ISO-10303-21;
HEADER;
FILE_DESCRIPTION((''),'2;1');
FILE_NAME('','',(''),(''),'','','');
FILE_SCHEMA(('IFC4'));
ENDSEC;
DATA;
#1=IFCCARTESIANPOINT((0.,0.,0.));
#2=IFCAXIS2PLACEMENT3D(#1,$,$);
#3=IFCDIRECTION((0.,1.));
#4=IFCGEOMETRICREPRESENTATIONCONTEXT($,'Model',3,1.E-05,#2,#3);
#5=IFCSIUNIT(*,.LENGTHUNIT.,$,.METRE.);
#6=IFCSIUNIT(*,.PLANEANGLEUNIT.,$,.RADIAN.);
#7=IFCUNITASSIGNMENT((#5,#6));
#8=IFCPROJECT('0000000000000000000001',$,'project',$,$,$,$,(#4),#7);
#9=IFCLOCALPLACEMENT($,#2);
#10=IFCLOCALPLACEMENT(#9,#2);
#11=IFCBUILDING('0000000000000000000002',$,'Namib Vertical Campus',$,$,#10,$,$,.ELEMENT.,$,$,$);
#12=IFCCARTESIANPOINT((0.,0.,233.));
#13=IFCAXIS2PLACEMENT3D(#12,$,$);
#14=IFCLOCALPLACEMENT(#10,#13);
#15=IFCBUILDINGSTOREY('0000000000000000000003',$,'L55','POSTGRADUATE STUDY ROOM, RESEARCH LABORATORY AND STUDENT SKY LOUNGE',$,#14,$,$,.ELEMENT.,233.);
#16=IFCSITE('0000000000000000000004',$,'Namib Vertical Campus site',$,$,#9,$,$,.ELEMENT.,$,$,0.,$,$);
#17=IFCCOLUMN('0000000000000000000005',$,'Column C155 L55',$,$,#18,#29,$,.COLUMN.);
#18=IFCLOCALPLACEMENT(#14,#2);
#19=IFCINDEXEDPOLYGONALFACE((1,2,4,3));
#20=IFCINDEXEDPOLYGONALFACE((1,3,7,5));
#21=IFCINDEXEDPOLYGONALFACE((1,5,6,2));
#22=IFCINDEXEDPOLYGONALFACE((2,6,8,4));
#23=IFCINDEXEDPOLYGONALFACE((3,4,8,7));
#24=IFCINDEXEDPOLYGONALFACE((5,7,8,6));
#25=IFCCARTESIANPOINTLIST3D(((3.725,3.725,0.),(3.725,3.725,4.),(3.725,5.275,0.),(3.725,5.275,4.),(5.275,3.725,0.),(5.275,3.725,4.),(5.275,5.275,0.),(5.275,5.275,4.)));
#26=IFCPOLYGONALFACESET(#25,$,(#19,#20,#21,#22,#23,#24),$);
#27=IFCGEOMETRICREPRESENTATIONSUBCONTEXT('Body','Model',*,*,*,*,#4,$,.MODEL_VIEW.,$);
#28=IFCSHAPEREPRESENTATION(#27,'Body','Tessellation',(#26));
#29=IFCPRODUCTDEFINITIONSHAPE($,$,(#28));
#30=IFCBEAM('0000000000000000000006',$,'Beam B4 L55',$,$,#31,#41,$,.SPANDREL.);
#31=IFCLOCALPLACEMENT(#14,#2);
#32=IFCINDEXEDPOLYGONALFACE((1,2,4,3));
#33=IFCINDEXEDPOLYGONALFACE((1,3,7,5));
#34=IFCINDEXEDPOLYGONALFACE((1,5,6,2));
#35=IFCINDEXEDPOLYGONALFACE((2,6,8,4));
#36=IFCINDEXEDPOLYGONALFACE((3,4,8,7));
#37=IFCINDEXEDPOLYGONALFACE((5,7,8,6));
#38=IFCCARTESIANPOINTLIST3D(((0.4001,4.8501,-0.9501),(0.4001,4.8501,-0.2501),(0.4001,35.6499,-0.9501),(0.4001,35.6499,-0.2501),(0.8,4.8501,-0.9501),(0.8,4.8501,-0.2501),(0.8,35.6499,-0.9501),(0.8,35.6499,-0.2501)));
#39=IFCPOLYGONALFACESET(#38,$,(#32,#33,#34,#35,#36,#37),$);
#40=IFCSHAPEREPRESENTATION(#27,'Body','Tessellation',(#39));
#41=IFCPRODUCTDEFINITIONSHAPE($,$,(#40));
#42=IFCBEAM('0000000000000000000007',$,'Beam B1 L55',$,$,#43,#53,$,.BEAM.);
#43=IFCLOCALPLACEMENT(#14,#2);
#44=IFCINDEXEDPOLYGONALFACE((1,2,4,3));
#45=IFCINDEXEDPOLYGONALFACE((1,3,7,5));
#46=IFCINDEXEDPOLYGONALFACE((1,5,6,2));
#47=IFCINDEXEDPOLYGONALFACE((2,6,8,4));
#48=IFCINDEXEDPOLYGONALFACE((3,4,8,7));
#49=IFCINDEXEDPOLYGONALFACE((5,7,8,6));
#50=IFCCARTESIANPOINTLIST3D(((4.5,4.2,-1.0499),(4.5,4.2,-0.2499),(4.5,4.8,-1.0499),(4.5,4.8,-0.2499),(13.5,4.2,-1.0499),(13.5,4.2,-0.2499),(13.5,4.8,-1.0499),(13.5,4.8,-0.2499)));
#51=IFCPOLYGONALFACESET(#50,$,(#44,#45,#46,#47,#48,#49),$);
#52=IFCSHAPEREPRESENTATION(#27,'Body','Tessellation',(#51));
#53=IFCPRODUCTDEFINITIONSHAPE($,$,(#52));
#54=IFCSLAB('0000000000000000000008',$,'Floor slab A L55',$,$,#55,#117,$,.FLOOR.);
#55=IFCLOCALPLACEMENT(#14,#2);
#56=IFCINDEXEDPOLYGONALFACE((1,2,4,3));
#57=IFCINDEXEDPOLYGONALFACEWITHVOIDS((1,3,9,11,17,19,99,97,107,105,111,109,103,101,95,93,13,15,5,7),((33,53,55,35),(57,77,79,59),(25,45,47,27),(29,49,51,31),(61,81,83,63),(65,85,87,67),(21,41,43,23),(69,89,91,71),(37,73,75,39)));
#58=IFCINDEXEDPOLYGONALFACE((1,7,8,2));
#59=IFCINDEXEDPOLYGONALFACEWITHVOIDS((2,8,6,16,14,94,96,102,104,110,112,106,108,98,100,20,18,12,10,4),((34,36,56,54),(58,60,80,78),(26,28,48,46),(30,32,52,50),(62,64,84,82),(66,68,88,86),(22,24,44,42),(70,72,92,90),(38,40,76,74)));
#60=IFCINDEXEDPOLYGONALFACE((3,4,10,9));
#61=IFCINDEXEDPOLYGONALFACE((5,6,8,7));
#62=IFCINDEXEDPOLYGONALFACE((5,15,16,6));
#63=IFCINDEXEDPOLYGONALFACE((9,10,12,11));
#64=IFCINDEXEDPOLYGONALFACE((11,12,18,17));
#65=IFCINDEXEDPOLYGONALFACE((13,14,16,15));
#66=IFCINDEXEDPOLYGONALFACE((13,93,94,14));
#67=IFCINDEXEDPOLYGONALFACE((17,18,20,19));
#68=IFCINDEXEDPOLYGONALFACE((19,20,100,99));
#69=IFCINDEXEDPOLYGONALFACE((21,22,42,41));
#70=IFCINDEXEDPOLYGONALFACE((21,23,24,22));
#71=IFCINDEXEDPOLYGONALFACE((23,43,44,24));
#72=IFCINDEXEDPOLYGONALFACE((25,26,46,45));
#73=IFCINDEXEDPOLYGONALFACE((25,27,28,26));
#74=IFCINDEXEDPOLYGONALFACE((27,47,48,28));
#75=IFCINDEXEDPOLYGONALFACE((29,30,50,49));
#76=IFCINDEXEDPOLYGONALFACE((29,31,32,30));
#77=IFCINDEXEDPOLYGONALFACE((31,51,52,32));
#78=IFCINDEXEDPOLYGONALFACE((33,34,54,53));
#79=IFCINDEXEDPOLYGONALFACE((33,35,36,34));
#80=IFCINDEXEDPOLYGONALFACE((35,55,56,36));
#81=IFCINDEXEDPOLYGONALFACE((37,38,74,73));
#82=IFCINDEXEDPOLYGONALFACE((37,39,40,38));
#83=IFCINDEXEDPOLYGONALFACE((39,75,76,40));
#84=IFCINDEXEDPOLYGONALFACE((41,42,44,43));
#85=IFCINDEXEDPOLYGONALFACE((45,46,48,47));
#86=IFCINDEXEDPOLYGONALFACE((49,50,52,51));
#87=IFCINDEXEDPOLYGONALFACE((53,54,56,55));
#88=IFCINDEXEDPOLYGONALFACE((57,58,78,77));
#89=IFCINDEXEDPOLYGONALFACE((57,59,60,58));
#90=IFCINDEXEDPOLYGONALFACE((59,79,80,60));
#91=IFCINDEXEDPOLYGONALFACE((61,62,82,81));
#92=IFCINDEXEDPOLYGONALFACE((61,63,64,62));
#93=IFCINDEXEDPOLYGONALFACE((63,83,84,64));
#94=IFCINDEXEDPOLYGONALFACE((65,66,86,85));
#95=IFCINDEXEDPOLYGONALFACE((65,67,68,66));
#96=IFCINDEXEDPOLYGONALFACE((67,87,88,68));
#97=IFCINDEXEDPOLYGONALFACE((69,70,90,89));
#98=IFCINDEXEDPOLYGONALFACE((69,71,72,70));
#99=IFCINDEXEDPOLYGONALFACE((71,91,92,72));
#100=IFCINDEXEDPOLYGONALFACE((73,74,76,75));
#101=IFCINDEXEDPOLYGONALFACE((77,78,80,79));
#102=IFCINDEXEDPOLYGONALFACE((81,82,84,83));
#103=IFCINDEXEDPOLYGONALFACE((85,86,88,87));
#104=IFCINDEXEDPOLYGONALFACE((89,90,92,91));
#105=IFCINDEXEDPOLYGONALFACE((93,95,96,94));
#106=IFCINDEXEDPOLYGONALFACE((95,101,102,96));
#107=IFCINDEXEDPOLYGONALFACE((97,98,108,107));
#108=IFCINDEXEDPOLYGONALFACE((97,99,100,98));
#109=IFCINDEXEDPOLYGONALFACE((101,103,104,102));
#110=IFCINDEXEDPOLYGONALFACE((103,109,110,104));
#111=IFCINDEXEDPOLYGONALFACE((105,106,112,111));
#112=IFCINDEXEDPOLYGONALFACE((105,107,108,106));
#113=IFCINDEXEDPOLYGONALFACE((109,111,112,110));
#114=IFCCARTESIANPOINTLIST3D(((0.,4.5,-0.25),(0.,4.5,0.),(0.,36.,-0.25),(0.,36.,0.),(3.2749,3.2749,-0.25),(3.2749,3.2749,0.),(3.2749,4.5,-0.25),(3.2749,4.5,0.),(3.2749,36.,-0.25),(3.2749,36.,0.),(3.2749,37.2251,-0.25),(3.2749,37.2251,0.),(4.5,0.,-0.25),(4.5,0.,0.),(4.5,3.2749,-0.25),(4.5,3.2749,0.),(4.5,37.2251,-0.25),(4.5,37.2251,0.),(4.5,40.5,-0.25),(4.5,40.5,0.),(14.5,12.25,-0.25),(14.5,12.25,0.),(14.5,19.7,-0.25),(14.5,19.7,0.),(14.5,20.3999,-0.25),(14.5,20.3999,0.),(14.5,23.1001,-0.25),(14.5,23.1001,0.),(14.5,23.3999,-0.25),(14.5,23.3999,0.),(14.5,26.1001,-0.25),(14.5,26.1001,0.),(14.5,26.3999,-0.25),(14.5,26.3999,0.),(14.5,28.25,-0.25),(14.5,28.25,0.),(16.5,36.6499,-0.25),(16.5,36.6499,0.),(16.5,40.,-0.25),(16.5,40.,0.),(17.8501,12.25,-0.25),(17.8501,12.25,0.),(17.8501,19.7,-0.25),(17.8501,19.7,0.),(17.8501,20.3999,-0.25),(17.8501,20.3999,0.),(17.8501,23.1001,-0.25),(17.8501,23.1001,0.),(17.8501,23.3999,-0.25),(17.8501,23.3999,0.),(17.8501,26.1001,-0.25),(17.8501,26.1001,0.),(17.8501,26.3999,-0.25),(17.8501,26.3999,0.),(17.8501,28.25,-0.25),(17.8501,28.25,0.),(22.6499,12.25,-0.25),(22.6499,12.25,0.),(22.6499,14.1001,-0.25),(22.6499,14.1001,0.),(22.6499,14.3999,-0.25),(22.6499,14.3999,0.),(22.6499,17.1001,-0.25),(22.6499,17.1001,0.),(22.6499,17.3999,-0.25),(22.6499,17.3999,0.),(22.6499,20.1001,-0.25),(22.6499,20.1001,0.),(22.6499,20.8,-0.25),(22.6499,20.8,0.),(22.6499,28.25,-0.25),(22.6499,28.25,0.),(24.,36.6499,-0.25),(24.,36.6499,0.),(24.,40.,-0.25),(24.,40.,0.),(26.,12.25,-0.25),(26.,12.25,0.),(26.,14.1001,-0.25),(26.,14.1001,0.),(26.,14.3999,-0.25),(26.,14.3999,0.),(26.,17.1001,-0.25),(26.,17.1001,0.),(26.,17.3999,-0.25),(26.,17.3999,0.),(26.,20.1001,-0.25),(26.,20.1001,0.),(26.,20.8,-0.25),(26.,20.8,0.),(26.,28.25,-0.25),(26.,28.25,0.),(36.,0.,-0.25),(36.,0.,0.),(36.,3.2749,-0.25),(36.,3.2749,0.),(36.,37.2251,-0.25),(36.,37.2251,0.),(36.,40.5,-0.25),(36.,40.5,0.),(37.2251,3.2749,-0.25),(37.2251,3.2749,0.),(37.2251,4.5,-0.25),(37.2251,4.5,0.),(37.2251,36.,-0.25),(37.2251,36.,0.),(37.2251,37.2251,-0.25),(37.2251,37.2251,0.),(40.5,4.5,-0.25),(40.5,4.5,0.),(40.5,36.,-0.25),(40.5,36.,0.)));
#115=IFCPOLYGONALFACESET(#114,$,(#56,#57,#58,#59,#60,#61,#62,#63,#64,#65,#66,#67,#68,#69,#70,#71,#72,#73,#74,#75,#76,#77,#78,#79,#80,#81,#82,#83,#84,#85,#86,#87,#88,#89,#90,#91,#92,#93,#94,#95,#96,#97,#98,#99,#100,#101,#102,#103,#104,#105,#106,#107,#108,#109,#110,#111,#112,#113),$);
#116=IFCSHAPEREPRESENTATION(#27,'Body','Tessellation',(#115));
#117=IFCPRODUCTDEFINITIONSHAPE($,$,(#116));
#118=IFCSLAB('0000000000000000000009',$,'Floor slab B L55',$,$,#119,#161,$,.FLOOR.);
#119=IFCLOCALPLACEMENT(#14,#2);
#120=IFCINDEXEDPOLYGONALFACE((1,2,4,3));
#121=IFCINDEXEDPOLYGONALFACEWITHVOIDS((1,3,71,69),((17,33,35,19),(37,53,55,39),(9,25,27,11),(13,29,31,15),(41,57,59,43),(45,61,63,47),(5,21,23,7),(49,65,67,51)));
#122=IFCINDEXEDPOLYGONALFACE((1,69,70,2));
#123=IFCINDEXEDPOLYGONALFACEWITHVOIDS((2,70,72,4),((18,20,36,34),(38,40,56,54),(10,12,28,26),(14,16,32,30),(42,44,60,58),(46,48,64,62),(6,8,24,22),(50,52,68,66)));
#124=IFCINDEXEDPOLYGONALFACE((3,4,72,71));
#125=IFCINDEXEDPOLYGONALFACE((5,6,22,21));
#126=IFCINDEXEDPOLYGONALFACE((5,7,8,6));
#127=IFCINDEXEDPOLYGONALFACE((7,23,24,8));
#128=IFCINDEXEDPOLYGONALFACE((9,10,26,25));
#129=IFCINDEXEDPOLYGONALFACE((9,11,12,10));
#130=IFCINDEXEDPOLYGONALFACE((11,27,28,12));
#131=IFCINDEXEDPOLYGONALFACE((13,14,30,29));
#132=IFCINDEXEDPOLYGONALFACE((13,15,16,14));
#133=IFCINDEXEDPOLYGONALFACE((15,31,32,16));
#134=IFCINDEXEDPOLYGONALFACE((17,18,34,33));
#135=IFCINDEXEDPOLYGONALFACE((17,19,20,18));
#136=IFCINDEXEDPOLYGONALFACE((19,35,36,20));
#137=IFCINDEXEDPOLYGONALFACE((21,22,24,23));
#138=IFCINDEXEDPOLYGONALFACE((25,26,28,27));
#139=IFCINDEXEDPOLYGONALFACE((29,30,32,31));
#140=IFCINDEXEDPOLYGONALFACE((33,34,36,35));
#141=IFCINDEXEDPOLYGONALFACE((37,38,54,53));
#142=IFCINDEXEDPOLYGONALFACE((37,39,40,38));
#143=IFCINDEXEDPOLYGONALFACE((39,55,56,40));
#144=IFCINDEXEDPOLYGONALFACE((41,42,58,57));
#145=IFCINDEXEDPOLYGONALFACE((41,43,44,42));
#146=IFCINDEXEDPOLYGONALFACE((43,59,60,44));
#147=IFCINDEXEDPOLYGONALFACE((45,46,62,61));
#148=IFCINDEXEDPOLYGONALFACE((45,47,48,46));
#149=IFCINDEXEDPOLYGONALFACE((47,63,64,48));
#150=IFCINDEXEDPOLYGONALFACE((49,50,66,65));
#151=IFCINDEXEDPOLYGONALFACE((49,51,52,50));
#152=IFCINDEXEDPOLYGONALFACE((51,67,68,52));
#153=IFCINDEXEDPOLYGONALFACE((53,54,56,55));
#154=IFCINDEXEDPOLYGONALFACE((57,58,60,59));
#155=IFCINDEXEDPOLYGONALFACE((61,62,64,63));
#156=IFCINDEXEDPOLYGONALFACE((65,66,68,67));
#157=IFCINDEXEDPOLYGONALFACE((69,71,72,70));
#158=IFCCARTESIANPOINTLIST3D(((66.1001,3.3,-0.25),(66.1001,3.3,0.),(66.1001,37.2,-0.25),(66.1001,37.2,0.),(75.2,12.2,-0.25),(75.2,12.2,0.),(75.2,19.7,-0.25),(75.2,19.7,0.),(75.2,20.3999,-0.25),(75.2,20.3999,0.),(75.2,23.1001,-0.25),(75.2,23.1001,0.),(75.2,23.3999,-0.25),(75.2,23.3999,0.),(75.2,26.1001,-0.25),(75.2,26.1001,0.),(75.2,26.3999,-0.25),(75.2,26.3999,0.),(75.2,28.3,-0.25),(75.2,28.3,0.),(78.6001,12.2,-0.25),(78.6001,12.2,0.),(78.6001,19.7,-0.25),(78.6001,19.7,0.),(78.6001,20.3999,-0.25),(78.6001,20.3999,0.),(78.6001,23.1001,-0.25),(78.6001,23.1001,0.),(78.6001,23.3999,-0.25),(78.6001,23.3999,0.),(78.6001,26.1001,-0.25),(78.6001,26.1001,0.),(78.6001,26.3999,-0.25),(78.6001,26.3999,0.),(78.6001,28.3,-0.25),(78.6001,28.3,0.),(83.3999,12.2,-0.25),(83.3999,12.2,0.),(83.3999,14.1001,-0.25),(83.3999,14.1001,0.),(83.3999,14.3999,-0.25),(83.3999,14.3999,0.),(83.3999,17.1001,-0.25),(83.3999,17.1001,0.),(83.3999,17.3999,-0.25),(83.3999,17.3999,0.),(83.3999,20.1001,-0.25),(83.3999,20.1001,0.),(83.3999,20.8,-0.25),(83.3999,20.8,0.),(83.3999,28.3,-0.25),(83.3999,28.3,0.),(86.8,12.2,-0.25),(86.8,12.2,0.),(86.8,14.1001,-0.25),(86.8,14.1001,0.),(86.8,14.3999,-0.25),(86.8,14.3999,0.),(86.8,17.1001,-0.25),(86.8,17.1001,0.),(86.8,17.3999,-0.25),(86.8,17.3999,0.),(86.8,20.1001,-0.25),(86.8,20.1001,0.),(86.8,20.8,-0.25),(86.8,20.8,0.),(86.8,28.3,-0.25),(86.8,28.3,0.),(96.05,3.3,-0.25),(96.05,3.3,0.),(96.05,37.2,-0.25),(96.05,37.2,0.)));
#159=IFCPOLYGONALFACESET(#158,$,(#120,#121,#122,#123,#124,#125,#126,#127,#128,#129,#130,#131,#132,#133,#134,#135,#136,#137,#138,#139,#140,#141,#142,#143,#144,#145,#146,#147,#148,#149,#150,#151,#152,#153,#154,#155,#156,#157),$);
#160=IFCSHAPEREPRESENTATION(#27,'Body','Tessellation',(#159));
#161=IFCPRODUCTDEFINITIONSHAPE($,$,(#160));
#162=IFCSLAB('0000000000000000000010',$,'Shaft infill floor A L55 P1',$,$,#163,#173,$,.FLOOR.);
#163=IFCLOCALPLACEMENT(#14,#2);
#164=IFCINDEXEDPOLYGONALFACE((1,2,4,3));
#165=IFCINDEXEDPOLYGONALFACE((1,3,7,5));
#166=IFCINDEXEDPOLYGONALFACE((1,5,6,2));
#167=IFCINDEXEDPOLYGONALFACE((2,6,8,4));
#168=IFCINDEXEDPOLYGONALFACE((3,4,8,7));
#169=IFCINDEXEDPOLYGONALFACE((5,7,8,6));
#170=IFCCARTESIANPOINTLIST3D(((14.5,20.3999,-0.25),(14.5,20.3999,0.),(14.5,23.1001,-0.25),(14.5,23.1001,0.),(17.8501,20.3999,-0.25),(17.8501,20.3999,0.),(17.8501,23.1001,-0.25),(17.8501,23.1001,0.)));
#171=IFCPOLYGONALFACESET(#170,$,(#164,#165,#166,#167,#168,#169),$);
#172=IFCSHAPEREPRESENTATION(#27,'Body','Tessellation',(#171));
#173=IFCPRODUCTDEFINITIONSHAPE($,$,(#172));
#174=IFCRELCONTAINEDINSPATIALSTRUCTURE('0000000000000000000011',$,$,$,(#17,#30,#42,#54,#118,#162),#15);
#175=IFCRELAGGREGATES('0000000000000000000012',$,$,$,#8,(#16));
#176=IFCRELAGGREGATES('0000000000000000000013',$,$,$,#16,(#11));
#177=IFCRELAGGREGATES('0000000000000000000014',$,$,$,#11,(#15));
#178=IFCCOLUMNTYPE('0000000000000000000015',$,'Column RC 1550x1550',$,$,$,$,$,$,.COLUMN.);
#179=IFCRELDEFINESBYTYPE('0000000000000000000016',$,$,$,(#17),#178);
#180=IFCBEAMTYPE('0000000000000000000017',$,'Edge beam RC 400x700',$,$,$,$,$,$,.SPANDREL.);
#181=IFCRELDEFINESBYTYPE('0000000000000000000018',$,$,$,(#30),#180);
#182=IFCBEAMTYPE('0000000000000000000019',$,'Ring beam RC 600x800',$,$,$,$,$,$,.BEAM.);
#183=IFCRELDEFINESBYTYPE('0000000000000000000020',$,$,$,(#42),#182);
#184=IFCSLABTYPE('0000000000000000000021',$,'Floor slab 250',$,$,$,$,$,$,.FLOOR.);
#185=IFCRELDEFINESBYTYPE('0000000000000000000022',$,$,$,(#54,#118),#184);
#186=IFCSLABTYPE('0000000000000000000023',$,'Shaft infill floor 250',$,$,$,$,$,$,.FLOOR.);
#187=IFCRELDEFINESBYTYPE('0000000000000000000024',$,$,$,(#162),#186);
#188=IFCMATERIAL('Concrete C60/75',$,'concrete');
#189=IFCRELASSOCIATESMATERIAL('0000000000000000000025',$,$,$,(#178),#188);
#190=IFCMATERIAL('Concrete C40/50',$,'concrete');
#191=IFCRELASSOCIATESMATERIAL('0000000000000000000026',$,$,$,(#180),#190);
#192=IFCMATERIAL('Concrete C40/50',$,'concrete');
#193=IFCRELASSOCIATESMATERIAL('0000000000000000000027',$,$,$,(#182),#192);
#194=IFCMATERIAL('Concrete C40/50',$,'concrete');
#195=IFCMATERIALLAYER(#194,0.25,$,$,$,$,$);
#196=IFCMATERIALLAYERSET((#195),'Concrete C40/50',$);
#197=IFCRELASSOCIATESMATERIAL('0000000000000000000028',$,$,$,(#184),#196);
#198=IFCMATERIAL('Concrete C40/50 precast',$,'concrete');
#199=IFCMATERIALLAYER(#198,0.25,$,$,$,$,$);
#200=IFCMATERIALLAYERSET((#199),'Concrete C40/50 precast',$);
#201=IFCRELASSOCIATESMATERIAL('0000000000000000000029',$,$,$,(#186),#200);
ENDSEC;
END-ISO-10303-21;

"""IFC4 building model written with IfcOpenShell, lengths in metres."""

from ifc_helpers import new_model, si_unit, direction, frame, origin, origin_2d, place, context, subcontext, project, spatial, polyline, rectangle, outline, extrude, material, layer, layer_set, material_profile, profile_set, type_object, element, save


model = new_model("IFC4")

# Units and contexts
model_context = context("Model", 3, precision=1e-05, world=origin(), true_north=direction((0.0, 1.0)))
body_context = subcontext(model_context, "Body", "Model", "MODEL_VIEW")
ifc_project = project(units=[si_unit("LENGTHUNIT", "METRE"), si_unit("PLANEANGLEUNIT", "RADIAN")], contexts=[model_context])

# Site, building, storey
site_placement = place(None, origin())
site = spatial("IfcSite", under=ifc_project, at=site_placement, Name="Namib Vertical Campus site", CompositionType="ELEMENT", RefElevation=0.0)
building_placement = place(site_placement, origin())
building = spatial("IfcBuilding", under=site, at=building_placement, Name="Namib Vertical Campus", CompositionType="ELEMENT")
storey_placement = place(building_placement, frame((0.0, 0.0, 233.0)))
storey = spatial("IfcBuildingStorey", under=building, at=storey_placement, Name="L55", Description="POSTGRADUATE STUDY ROOM, RESEARCH LABORATORY AND STUDENT SKY LOUNGE", CompositionType="ELEMENT", Elevation=233.0)

# Column
ifc_material_1 = material(Name="Concrete C60/75", Category="concrete")
ifc_material_profile_1 = material_profile(ifc_material_1, rectangle(XDim=1.55, YDim=1.55, at=origin_2d()))
ifc_profile_set_1 = profile_set([ifc_material_profile_1], Name="Concrete C60/75")
column_type = type_object("IfcColumnType", Name="Column RC 1550x1550", PredefinedType="COLUMN", material=ifc_profile_set_1)
column_placement = place(storey_placement, frame((4.5, 4.5, 0.0), z_axis=(0.0, 0.0, 1.0), x_axis=(1.0, 0.0, 0.0)))
element("IfcColumn", 1, at=column_placement, inside=storey, type_object=column_type, Name="Column C155 L55", PredefinedType="COLUMN", context=body_context, shape_type="SweptSolid", body=[
    extrude(rectangle(XDim=1.55, YDim=1.55, at=origin_2d()), origin(), (0.0, 0.0, 1.0), 4.0),
])

# Beams
ifc_material_2 = material(Name="Concrete C40/50", Category="concrete")
ifc_material_profile_2 = material_profile(ifc_material_2, rectangle(XDim=0.3999, YDim=0.7, at=origin_2d()))
ifc_profile_set_2 = profile_set([ifc_material_profile_2], Name="Concrete C40/50")
beam_type_1 = type_object("IfcBeamType", Name="Edge beam RC 400x700", PredefinedType="SPANDREL", material=ifc_profile_set_2)
beam_1_placement = place(storey_placement, frame((0.6001, 4.8501, -0.6001), z_axis=(0.0, 1.0, 0.0), x_axis=(-1.0, 0.0, 0.0)))
element("IfcBeam", 2, at=beam_1_placement, inside=storey, type_object=beam_type_1, Name="Beam B4 L55", PredefinedType="SPANDREL", context=body_context, shape_type="SweptSolid", body=[
    extrude(rectangle(XDim=0.3999, YDim=0.7, at=origin_2d()), origin(), (0.0, 0.0, 1.0), 30.7998),
])
ifc_material_3 = material(Name="Concrete C40/50", Category="concrete")
ifc_material_profile_3 = material_profile(ifc_material_3, rectangle(XDim=0.6001, YDim=0.8, at=origin_2d()))
ifc_profile_set_3 = profile_set([ifc_material_profile_3], Name="Concrete C40/50")
beam_type_2 = type_object("IfcBeamType", Name="Ring beam RC 600x800", PredefinedType="BEAM", material=ifc_profile_set_3)
beam_2_placement = place(storey_placement, frame((4.5, 4.5, -0.6499), z_axis=(1.0, 0.0, 0.0), x_axis=(0.0, 1.0, 0.0)))
element("IfcBeam", 3, at=beam_2_placement, inside=storey, type_object=beam_type_2, Name="Beam B1 L55", PredefinedType="BEAM", context=body_context, shape_type="SweptSolid", body=[
    extrude(rectangle(XDim=0.6001, YDim=0.8, at=origin_2d()), origin(), (0.0, 0.0, 1.0), 9.0),
])

# Slabs
ifc_material_4 = material(Name="Concrete C40/50", Category="concrete")
ifc_layer_1 = layer(ifc_material_4, 0.25)
ifc_layer_set_1 = layer_set([ifc_layer_1], Name="Concrete C40/50")
slab_type_1 = type_object("IfcSlabType", Name="Floor slab 250", PredefinedType="FLOOR", material=ifc_layer_set_1)
slab_1_placement = place(storey_placement, frame((0.0, 0.0, -0.25)))
element("IfcSlab", 4, at=slab_1_placement, inside=storey, type_object=slab_type_1, Name="Floor slab A L55", PredefinedType="FLOOR", context=body_context, shape_type="SweptSolid", body=[
    extrude(outline(polyline([(4.5, 0.0), (36.0, 0.0), (36.0, 3.2749), (37.2251, 3.2749), (37.2251, 4.5), (40.5, 4.5), (40.5, 36.0), (37.2251, 36.0), (37.2251, 37.2251), (36.0, 37.2251), (36.0, 40.5), (4.5, 40.5), (4.5, 37.2251), (3.2749, 37.2251), (3.2749, 36.0), (0.0, 36.0), (0.0, 4.5), (3.2749, 4.5), (3.2749, 3.2749), (4.5, 3.2749), (4.5, 0.0)]), holes=[polyline([(14.5, 12.25), (17.8501, 12.25), (17.8501, 19.7), (14.5, 19.7), (14.5, 12.25)]), polyline([(22.6499, 20.8), (26.0, 20.8), (26.0, 28.25), (22.6499, 28.25), (22.6499, 20.8)]), polyline([(22.6499, 12.25), (26.0, 12.25), (26.0, 14.1001), (22.6499, 14.1001), (22.6499, 12.25)]), polyline([(14.5, 20.3999), (17.8501, 20.3999), (17.8501, 23.1001), (14.5, 23.1001), (14.5, 20.3999)]), polyline([(14.5, 23.3999), (17.8501, 23.3999), (17.8501, 26.1001), (14.5, 26.1001), (14.5, 23.3999)]), polyline([(14.5, 26.3999), (17.8501, 26.3999), (17.8501, 28.25), (14.5, 28.25), (14.5, 26.3999)]), polyline([(22.6499, 14.3999), (26.0, 14.3999), (26.0, 17.1001), (22.6499, 17.1001), (22.6499, 14.3999)]), polyline([(22.6499, 17.3999), (26.0, 17.3999), (26.0, 20.1001), (22.6499, 20.1001), (22.6499, 17.3999)]), polyline([(16.5, 36.6499), (24.0, 36.6499), (24.0, 40.0), (16.5, 40.0), (16.5, 36.6499)])]), origin(), (0.0, 0.0, 1.0), 0.25),
])
slab_2_placement = place(storey_placement, frame((0.0, 0.0, -0.25)))
element("IfcSlab", 5, at=slab_2_placement, inside=storey, type_object=slab_type_1, Name="Floor slab B L55", PredefinedType="FLOOR", context=body_context, shape_type="SweptSolid", body=[
    extrude(outline(polyline([(66.1001, 3.3), (96.05, 3.3), (96.05, 37.2), (66.1001, 37.2), (66.1001, 3.3)]), holes=[polyline([(75.2, 12.2), (78.6001, 12.2), (78.6001, 19.7), (75.2, 19.7), (75.2, 12.2)]), polyline([(83.3999, 20.8), (86.8, 20.8), (86.8, 28.3), (83.3999, 28.3), (83.3999, 20.8)]), polyline([(83.3999, 12.2), (86.8, 12.2), (86.8, 14.1001), (83.3999, 14.1001), (83.3999, 12.2)]), polyline([(75.2, 20.3999), (78.6001, 20.3999), (78.6001, 23.1001), (75.2, 23.1001), (75.2, 20.3999)]), polyline([(75.2, 23.3999), (78.6001, 23.3999), (78.6001, 26.1001), (75.2, 26.1001), (75.2, 23.3999)]), polyline([(75.2, 26.3999), (78.6001, 26.3999), (78.6001, 28.3), (75.2, 28.3), (75.2, 26.3999)]), polyline([(83.3999, 14.3999), (86.8, 14.3999), (86.8, 17.1001), (83.3999, 17.1001), (83.3999, 14.3999)]), polyline([(83.3999, 17.3999), (86.8, 17.3999), (86.8, 20.1001), (83.3999, 20.1001), (83.3999, 17.3999)])]), origin(), (0.0, 0.0, 1.0), 0.25),
])
ifc_material_5 = material(Name="Concrete C40/50 precast", Category="concrete")
ifc_layer_2 = layer(ifc_material_5, 0.25)
ifc_layer_set_2 = layer_set([ifc_layer_2], Name="Concrete C40/50 precast")
slab_type_2 = type_object("IfcSlabType", Name="Shaft infill floor 250", PredefinedType="FLOOR", material=ifc_layer_set_2)
slab_3_placement = place(storey_placement, frame((0.0, 0.0, -0.25)))
element("IfcSlab", 6, at=slab_3_placement, inside=storey, type_object=slab_type_2, Name="Shaft infill floor A L55 P1", PredefinedType="FLOOR", context=body_context, shape_type="SweptSolid", body=[
    extrude(outline(polyline([(14.5, 20.3999), (17.8501, 20.3999), (17.8501, 23.1001), (14.5, 23.1001), (14.5, 20.3999)])), origin(), (0.0, 0.0, 1.0), 0.25),
])

save(model, "model.ifc")
